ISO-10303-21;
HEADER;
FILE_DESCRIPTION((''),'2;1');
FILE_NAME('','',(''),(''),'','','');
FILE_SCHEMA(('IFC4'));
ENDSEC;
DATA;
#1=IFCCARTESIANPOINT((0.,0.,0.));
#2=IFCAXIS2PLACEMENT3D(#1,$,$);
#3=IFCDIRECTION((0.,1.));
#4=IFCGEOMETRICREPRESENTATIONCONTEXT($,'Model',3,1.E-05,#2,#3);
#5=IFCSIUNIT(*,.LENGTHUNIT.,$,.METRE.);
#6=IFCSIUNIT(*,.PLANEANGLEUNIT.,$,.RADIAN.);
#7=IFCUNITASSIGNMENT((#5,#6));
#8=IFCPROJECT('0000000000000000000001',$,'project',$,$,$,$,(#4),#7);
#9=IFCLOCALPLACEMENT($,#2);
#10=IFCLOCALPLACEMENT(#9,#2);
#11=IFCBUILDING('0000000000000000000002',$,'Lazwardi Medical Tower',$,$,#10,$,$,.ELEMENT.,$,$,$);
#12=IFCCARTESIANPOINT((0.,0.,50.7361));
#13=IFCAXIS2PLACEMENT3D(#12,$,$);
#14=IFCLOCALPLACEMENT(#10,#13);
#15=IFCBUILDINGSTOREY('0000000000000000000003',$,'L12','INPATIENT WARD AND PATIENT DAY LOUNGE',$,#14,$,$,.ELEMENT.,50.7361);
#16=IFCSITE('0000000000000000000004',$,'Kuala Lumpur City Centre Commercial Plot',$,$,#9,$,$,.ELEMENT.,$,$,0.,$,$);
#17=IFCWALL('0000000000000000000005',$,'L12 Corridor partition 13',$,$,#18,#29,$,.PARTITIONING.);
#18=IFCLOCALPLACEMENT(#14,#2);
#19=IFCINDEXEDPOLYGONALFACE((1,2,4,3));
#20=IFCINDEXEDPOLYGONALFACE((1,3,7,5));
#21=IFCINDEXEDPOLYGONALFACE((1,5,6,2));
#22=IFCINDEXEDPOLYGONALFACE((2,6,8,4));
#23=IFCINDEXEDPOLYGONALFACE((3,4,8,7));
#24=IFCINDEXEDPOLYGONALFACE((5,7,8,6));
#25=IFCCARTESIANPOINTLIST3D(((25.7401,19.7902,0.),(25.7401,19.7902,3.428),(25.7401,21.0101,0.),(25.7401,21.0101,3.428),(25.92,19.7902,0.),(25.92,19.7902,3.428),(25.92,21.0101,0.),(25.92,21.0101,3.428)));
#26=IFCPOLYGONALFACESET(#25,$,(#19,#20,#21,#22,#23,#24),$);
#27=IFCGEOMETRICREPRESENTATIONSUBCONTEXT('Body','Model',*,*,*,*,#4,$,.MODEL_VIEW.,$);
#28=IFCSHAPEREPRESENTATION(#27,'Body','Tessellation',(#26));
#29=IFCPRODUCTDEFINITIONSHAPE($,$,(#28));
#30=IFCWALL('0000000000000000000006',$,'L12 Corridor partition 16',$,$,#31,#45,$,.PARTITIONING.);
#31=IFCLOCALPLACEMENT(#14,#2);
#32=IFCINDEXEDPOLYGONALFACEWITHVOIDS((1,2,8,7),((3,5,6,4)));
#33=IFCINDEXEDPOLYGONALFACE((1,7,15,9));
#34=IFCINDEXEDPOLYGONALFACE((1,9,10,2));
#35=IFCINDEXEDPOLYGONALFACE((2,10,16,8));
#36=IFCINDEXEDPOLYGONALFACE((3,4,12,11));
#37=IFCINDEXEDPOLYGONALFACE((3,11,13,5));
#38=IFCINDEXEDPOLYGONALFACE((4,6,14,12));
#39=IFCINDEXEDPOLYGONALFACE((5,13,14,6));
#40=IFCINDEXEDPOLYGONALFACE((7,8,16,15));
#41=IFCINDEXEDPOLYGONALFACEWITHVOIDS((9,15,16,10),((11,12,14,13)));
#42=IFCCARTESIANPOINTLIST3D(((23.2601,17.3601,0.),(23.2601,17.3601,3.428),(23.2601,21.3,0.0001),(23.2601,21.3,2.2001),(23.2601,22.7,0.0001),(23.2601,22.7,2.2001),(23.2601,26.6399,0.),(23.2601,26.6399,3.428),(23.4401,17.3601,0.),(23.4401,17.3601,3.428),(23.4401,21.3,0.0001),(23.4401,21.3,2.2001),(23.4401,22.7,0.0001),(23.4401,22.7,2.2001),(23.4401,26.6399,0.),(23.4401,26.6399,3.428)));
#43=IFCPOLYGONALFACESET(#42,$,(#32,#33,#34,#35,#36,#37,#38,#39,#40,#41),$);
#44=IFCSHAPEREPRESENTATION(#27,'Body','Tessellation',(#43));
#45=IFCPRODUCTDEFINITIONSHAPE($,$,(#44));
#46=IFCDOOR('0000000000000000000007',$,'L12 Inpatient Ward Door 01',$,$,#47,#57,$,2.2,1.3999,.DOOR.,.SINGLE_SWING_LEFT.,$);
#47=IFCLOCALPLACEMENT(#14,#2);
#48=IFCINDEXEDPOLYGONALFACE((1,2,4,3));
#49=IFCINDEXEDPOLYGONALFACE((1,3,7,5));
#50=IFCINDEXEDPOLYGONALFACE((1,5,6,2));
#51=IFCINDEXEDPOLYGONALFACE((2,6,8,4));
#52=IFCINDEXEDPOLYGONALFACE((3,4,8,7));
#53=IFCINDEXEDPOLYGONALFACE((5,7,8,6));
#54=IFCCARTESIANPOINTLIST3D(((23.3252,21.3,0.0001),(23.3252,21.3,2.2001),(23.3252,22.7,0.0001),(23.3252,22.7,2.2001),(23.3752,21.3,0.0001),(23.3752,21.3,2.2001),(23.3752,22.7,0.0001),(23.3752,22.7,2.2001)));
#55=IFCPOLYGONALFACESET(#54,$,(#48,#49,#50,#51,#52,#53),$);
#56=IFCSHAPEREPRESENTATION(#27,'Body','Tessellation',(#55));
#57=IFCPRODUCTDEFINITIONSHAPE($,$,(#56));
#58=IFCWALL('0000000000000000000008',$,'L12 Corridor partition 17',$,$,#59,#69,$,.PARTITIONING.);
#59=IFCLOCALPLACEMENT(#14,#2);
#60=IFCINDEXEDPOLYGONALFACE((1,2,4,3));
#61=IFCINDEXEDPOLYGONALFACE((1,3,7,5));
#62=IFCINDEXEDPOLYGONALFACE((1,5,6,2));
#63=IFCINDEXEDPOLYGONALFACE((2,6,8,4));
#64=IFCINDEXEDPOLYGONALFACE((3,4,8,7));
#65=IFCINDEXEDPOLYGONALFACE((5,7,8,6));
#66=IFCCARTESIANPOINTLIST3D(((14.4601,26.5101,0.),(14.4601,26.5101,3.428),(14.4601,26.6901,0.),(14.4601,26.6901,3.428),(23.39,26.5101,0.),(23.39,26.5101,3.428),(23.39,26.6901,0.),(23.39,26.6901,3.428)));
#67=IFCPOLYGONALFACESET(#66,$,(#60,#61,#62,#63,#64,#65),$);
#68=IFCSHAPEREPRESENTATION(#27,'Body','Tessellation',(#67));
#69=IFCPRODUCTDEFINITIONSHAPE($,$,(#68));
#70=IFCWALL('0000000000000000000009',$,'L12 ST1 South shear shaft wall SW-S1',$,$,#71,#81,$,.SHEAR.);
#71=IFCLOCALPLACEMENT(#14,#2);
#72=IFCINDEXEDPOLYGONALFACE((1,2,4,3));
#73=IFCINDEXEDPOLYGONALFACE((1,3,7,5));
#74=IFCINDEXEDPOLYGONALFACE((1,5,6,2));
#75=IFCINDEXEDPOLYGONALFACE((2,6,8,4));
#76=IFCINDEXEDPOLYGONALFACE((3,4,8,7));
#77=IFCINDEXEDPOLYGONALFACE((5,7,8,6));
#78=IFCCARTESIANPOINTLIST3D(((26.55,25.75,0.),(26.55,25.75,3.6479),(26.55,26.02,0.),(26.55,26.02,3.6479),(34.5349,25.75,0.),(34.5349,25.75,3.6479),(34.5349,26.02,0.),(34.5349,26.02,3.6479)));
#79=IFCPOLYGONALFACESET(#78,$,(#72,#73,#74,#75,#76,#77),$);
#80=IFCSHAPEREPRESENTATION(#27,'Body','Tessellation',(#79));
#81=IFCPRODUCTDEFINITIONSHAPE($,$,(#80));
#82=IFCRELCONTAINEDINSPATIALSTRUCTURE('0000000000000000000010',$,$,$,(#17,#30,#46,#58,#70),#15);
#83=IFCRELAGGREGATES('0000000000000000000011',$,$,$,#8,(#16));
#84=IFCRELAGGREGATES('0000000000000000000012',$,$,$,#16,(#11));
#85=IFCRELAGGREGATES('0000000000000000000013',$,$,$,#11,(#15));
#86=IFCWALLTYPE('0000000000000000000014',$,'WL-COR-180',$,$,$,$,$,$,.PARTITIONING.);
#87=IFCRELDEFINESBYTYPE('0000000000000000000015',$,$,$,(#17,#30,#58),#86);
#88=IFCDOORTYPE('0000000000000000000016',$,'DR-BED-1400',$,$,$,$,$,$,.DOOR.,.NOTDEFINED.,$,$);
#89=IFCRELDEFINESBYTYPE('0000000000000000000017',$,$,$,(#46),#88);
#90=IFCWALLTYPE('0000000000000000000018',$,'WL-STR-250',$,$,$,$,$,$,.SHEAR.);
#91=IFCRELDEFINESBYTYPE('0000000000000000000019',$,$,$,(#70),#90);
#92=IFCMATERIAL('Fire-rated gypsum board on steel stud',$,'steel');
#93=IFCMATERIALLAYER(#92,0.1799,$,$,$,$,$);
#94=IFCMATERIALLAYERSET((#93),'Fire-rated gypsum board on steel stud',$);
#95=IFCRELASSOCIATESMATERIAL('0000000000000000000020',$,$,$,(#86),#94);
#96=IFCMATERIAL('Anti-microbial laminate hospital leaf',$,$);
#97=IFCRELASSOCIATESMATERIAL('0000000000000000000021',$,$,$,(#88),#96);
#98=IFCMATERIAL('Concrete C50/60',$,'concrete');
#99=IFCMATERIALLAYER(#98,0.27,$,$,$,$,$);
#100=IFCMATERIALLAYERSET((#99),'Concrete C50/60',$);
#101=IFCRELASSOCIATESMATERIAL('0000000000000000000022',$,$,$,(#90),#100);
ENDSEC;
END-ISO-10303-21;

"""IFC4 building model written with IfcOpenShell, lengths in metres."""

from ifc_helpers import new_model, si_unit, direction, frame, frame_2d, origin, place, context, subcontext, project, spatial, rectangle, extrude, material, layer, layer_set, type_object, element, fill, save


model = new_model("IFC4")

# Units and contexts
model_context = context("Model", 3, precision=1e-05, world=origin(), true_north=direction((0.0, 1.0)))
body_context = subcontext(model_context, "Body", "Model", "MODEL_VIEW")
ifc_project = project(units=[si_unit("LENGTHUNIT", "METRE"), si_unit("PLANEANGLEUNIT", "RADIAN")], contexts=[model_context])

# Site, building, storey
site_placement = place(None, origin())
site = spatial("IfcSite", under=ifc_project, at=site_placement, Name="Kuala Lumpur City Centre Commercial Plot", CompositionType="ELEMENT", RefElevation=0.0)
building_placement = place(site_placement, origin())
building = spatial("IfcBuilding", under=site, at=building_placement, Name="Lazwardi Medical Tower", CompositionType="ELEMENT")
storey_placement = place(building_placement, frame((0.0, 0.0, 50.7361)))
storey = spatial("IfcBuildingStorey", under=building, at=storey_placement, Name="L12", Description="INPATIENT WARD AND PATIENT DAY LOUNGE", CompositionType="ELEMENT", Elevation=50.7361)

# Wall
ifc_material_1 = material(Name="Fire-rated gypsum board on steel stud", Category="steel")
ifc_layer_1 = layer(ifc_material_1, 0.1799)
ifc_layer_set_1 = layer_set([ifc_layer_1], Name="Fire-rated gypsum board on steel stud")
wall_type_1 = type_object("IfcWallType", Name="WL-COR-180", PredefinedType="PARTITIONING", material=ifc_layer_set_1)
wall_1_placement = place(storey_placement, frame((25.8301, 21.01, 0.0), z_axis=(0.0, 0.0, 1.0), x_axis=(0.0, -1.0, 0.0)))
element("IfcWall", 1, at=wall_1_placement, inside=storey, type_object=wall_type_1, Name="L12 Corridor partition 13", PredefinedType="PARTITIONING", context=body_context, shape_type="SweptSolid", body=[
    extrude(rectangle(XDim=1.22, YDim=0.1799, at=frame_2d((0.6099, 0.0))), origin(), (0.0, 0.0, 1.0), 3.428),
])

# Wall, opening, door
wall_2_placement = place(storey_placement, frame((23.3501, 17.3601, 0.0), z_axis=(0.0, 0.0, 1.0), x_axis=(0.0, 1.0, 0.0)))
wall_2 = element("IfcWall", 2, at=wall_2_placement, inside=storey, type_object=wall_type_1, Name="L12 Corridor partition 16", PredefinedType="PARTITIONING", context=body_context, shape_type="SweptSolid", body=[
    extrude(rectangle(XDim=9.2798, YDim=0.1799, at=frame_2d((4.6399, 0.0))), origin(), (0.0, 0.0, 1.0), 3.428),
])
opening_1_placement = place(wall_2_placement, frame((3.9399, 0.0, 0.0)))
opening_1 = element("IfcOpeningElement", 3, at=opening_1_placement, cuts=wall_2, PredefinedType="OPENING", context=body_context, shape_type="SweptSolid", body=[
    extrude(rectangle(XDim=1.3999, YDim=2.2, at=frame_2d((0.7, 1.1001))), frame((0.0, 0.0999, 0.0), z_axis=(0.0, -1.0, 0.0), x_axis=(1.0, 0.0, 0.0)), (0.0, 0.0, 1.0), 0.2),
])
ifc_material_2 = material(Name="Anti-microbial laminate hospital leaf")
door_type_1 = type_object("IfcDoorType", Name="DR-BED-1400", OperationType="NOTDEFINED", PredefinedType="DOOR", material=ifc_material_2)
door_1_placement = place(opening_1_placement, origin())
door_1 = element("IfcDoor", 4, at=door_1_placement, inside=storey, type_object=door_type_1, Name="L12 Inpatient Ward Door 01", OperationType="SINGLE_SWING_LEFT", OverallHeight=2.2, OverallWidth=1.3999, PredefinedType="DOOR", context=body_context, shape_type="SweptSolid", body=[
    extrude(rectangle(XDim=1.3999, YDim=2.2, at=frame_2d((0.7, 1.1001))), frame((0.0, 0.0249, 0.0), z_axis=(0.0, -1.0, 0.0), x_axis=(1.0, 0.0, 0.0)), (0.0, 0.0, 1.0), 0.05),
])
fill(opening_1, door_1)

# Wall
wall_3_placement = place(storey_placement, frame((23.3899, 26.6001, 0.0), z_axis=(0.0, 0.0, 1.0), x_axis=(-1.0, 0.0, 0.0)))
element("IfcWall", 5, at=wall_3_placement, inside=storey, type_object=wall_type_1, Name="L12 Corridor partition 17", PredefinedType="PARTITIONING", context=body_context, shape_type="SweptSolid", body=[
    extrude(rectangle(XDim=8.9299, YDim=0.1799, at=frame_2d((4.4648, 0.0))), origin(), (0.0, 0.0, 1.0), 3.428),
])

# Wall
ifc_material_3 = material(Name="Concrete C50/60", Category="concrete")
ifc_layer_2 = layer(ifc_material_3, 0.27)
ifc_layer_set_2 = layer_set([ifc_layer_2], Name="Concrete C50/60")
wall_type_2 = type_object("IfcWallType", Name="WL-STR-250", PredefinedType="SHEAR", material=ifc_layer_set_2)
wall_4_placement = place(storey_placement, frame((26.55, 25.885, 0.0), z_axis=(0.0, 0.0, 1.0), x_axis=(1.0, 0.0, 0.0)))
element("IfcWall", 6, at=wall_4_placement, inside=storey, type_object=wall_type_2, Name="L12 ST1 South shear shaft wall SW-S1", PredefinedType="SHEAR", context=body_context, shape_type="SweptSolid", body=[
    extrude(rectangle(XDim=7.9849, YDim=0.27, at=frame_2d((3.9924, 0.0))), origin(), (0.0, 0.0, 1.0), 3.6479),
])

save(model, "model.ifc")
